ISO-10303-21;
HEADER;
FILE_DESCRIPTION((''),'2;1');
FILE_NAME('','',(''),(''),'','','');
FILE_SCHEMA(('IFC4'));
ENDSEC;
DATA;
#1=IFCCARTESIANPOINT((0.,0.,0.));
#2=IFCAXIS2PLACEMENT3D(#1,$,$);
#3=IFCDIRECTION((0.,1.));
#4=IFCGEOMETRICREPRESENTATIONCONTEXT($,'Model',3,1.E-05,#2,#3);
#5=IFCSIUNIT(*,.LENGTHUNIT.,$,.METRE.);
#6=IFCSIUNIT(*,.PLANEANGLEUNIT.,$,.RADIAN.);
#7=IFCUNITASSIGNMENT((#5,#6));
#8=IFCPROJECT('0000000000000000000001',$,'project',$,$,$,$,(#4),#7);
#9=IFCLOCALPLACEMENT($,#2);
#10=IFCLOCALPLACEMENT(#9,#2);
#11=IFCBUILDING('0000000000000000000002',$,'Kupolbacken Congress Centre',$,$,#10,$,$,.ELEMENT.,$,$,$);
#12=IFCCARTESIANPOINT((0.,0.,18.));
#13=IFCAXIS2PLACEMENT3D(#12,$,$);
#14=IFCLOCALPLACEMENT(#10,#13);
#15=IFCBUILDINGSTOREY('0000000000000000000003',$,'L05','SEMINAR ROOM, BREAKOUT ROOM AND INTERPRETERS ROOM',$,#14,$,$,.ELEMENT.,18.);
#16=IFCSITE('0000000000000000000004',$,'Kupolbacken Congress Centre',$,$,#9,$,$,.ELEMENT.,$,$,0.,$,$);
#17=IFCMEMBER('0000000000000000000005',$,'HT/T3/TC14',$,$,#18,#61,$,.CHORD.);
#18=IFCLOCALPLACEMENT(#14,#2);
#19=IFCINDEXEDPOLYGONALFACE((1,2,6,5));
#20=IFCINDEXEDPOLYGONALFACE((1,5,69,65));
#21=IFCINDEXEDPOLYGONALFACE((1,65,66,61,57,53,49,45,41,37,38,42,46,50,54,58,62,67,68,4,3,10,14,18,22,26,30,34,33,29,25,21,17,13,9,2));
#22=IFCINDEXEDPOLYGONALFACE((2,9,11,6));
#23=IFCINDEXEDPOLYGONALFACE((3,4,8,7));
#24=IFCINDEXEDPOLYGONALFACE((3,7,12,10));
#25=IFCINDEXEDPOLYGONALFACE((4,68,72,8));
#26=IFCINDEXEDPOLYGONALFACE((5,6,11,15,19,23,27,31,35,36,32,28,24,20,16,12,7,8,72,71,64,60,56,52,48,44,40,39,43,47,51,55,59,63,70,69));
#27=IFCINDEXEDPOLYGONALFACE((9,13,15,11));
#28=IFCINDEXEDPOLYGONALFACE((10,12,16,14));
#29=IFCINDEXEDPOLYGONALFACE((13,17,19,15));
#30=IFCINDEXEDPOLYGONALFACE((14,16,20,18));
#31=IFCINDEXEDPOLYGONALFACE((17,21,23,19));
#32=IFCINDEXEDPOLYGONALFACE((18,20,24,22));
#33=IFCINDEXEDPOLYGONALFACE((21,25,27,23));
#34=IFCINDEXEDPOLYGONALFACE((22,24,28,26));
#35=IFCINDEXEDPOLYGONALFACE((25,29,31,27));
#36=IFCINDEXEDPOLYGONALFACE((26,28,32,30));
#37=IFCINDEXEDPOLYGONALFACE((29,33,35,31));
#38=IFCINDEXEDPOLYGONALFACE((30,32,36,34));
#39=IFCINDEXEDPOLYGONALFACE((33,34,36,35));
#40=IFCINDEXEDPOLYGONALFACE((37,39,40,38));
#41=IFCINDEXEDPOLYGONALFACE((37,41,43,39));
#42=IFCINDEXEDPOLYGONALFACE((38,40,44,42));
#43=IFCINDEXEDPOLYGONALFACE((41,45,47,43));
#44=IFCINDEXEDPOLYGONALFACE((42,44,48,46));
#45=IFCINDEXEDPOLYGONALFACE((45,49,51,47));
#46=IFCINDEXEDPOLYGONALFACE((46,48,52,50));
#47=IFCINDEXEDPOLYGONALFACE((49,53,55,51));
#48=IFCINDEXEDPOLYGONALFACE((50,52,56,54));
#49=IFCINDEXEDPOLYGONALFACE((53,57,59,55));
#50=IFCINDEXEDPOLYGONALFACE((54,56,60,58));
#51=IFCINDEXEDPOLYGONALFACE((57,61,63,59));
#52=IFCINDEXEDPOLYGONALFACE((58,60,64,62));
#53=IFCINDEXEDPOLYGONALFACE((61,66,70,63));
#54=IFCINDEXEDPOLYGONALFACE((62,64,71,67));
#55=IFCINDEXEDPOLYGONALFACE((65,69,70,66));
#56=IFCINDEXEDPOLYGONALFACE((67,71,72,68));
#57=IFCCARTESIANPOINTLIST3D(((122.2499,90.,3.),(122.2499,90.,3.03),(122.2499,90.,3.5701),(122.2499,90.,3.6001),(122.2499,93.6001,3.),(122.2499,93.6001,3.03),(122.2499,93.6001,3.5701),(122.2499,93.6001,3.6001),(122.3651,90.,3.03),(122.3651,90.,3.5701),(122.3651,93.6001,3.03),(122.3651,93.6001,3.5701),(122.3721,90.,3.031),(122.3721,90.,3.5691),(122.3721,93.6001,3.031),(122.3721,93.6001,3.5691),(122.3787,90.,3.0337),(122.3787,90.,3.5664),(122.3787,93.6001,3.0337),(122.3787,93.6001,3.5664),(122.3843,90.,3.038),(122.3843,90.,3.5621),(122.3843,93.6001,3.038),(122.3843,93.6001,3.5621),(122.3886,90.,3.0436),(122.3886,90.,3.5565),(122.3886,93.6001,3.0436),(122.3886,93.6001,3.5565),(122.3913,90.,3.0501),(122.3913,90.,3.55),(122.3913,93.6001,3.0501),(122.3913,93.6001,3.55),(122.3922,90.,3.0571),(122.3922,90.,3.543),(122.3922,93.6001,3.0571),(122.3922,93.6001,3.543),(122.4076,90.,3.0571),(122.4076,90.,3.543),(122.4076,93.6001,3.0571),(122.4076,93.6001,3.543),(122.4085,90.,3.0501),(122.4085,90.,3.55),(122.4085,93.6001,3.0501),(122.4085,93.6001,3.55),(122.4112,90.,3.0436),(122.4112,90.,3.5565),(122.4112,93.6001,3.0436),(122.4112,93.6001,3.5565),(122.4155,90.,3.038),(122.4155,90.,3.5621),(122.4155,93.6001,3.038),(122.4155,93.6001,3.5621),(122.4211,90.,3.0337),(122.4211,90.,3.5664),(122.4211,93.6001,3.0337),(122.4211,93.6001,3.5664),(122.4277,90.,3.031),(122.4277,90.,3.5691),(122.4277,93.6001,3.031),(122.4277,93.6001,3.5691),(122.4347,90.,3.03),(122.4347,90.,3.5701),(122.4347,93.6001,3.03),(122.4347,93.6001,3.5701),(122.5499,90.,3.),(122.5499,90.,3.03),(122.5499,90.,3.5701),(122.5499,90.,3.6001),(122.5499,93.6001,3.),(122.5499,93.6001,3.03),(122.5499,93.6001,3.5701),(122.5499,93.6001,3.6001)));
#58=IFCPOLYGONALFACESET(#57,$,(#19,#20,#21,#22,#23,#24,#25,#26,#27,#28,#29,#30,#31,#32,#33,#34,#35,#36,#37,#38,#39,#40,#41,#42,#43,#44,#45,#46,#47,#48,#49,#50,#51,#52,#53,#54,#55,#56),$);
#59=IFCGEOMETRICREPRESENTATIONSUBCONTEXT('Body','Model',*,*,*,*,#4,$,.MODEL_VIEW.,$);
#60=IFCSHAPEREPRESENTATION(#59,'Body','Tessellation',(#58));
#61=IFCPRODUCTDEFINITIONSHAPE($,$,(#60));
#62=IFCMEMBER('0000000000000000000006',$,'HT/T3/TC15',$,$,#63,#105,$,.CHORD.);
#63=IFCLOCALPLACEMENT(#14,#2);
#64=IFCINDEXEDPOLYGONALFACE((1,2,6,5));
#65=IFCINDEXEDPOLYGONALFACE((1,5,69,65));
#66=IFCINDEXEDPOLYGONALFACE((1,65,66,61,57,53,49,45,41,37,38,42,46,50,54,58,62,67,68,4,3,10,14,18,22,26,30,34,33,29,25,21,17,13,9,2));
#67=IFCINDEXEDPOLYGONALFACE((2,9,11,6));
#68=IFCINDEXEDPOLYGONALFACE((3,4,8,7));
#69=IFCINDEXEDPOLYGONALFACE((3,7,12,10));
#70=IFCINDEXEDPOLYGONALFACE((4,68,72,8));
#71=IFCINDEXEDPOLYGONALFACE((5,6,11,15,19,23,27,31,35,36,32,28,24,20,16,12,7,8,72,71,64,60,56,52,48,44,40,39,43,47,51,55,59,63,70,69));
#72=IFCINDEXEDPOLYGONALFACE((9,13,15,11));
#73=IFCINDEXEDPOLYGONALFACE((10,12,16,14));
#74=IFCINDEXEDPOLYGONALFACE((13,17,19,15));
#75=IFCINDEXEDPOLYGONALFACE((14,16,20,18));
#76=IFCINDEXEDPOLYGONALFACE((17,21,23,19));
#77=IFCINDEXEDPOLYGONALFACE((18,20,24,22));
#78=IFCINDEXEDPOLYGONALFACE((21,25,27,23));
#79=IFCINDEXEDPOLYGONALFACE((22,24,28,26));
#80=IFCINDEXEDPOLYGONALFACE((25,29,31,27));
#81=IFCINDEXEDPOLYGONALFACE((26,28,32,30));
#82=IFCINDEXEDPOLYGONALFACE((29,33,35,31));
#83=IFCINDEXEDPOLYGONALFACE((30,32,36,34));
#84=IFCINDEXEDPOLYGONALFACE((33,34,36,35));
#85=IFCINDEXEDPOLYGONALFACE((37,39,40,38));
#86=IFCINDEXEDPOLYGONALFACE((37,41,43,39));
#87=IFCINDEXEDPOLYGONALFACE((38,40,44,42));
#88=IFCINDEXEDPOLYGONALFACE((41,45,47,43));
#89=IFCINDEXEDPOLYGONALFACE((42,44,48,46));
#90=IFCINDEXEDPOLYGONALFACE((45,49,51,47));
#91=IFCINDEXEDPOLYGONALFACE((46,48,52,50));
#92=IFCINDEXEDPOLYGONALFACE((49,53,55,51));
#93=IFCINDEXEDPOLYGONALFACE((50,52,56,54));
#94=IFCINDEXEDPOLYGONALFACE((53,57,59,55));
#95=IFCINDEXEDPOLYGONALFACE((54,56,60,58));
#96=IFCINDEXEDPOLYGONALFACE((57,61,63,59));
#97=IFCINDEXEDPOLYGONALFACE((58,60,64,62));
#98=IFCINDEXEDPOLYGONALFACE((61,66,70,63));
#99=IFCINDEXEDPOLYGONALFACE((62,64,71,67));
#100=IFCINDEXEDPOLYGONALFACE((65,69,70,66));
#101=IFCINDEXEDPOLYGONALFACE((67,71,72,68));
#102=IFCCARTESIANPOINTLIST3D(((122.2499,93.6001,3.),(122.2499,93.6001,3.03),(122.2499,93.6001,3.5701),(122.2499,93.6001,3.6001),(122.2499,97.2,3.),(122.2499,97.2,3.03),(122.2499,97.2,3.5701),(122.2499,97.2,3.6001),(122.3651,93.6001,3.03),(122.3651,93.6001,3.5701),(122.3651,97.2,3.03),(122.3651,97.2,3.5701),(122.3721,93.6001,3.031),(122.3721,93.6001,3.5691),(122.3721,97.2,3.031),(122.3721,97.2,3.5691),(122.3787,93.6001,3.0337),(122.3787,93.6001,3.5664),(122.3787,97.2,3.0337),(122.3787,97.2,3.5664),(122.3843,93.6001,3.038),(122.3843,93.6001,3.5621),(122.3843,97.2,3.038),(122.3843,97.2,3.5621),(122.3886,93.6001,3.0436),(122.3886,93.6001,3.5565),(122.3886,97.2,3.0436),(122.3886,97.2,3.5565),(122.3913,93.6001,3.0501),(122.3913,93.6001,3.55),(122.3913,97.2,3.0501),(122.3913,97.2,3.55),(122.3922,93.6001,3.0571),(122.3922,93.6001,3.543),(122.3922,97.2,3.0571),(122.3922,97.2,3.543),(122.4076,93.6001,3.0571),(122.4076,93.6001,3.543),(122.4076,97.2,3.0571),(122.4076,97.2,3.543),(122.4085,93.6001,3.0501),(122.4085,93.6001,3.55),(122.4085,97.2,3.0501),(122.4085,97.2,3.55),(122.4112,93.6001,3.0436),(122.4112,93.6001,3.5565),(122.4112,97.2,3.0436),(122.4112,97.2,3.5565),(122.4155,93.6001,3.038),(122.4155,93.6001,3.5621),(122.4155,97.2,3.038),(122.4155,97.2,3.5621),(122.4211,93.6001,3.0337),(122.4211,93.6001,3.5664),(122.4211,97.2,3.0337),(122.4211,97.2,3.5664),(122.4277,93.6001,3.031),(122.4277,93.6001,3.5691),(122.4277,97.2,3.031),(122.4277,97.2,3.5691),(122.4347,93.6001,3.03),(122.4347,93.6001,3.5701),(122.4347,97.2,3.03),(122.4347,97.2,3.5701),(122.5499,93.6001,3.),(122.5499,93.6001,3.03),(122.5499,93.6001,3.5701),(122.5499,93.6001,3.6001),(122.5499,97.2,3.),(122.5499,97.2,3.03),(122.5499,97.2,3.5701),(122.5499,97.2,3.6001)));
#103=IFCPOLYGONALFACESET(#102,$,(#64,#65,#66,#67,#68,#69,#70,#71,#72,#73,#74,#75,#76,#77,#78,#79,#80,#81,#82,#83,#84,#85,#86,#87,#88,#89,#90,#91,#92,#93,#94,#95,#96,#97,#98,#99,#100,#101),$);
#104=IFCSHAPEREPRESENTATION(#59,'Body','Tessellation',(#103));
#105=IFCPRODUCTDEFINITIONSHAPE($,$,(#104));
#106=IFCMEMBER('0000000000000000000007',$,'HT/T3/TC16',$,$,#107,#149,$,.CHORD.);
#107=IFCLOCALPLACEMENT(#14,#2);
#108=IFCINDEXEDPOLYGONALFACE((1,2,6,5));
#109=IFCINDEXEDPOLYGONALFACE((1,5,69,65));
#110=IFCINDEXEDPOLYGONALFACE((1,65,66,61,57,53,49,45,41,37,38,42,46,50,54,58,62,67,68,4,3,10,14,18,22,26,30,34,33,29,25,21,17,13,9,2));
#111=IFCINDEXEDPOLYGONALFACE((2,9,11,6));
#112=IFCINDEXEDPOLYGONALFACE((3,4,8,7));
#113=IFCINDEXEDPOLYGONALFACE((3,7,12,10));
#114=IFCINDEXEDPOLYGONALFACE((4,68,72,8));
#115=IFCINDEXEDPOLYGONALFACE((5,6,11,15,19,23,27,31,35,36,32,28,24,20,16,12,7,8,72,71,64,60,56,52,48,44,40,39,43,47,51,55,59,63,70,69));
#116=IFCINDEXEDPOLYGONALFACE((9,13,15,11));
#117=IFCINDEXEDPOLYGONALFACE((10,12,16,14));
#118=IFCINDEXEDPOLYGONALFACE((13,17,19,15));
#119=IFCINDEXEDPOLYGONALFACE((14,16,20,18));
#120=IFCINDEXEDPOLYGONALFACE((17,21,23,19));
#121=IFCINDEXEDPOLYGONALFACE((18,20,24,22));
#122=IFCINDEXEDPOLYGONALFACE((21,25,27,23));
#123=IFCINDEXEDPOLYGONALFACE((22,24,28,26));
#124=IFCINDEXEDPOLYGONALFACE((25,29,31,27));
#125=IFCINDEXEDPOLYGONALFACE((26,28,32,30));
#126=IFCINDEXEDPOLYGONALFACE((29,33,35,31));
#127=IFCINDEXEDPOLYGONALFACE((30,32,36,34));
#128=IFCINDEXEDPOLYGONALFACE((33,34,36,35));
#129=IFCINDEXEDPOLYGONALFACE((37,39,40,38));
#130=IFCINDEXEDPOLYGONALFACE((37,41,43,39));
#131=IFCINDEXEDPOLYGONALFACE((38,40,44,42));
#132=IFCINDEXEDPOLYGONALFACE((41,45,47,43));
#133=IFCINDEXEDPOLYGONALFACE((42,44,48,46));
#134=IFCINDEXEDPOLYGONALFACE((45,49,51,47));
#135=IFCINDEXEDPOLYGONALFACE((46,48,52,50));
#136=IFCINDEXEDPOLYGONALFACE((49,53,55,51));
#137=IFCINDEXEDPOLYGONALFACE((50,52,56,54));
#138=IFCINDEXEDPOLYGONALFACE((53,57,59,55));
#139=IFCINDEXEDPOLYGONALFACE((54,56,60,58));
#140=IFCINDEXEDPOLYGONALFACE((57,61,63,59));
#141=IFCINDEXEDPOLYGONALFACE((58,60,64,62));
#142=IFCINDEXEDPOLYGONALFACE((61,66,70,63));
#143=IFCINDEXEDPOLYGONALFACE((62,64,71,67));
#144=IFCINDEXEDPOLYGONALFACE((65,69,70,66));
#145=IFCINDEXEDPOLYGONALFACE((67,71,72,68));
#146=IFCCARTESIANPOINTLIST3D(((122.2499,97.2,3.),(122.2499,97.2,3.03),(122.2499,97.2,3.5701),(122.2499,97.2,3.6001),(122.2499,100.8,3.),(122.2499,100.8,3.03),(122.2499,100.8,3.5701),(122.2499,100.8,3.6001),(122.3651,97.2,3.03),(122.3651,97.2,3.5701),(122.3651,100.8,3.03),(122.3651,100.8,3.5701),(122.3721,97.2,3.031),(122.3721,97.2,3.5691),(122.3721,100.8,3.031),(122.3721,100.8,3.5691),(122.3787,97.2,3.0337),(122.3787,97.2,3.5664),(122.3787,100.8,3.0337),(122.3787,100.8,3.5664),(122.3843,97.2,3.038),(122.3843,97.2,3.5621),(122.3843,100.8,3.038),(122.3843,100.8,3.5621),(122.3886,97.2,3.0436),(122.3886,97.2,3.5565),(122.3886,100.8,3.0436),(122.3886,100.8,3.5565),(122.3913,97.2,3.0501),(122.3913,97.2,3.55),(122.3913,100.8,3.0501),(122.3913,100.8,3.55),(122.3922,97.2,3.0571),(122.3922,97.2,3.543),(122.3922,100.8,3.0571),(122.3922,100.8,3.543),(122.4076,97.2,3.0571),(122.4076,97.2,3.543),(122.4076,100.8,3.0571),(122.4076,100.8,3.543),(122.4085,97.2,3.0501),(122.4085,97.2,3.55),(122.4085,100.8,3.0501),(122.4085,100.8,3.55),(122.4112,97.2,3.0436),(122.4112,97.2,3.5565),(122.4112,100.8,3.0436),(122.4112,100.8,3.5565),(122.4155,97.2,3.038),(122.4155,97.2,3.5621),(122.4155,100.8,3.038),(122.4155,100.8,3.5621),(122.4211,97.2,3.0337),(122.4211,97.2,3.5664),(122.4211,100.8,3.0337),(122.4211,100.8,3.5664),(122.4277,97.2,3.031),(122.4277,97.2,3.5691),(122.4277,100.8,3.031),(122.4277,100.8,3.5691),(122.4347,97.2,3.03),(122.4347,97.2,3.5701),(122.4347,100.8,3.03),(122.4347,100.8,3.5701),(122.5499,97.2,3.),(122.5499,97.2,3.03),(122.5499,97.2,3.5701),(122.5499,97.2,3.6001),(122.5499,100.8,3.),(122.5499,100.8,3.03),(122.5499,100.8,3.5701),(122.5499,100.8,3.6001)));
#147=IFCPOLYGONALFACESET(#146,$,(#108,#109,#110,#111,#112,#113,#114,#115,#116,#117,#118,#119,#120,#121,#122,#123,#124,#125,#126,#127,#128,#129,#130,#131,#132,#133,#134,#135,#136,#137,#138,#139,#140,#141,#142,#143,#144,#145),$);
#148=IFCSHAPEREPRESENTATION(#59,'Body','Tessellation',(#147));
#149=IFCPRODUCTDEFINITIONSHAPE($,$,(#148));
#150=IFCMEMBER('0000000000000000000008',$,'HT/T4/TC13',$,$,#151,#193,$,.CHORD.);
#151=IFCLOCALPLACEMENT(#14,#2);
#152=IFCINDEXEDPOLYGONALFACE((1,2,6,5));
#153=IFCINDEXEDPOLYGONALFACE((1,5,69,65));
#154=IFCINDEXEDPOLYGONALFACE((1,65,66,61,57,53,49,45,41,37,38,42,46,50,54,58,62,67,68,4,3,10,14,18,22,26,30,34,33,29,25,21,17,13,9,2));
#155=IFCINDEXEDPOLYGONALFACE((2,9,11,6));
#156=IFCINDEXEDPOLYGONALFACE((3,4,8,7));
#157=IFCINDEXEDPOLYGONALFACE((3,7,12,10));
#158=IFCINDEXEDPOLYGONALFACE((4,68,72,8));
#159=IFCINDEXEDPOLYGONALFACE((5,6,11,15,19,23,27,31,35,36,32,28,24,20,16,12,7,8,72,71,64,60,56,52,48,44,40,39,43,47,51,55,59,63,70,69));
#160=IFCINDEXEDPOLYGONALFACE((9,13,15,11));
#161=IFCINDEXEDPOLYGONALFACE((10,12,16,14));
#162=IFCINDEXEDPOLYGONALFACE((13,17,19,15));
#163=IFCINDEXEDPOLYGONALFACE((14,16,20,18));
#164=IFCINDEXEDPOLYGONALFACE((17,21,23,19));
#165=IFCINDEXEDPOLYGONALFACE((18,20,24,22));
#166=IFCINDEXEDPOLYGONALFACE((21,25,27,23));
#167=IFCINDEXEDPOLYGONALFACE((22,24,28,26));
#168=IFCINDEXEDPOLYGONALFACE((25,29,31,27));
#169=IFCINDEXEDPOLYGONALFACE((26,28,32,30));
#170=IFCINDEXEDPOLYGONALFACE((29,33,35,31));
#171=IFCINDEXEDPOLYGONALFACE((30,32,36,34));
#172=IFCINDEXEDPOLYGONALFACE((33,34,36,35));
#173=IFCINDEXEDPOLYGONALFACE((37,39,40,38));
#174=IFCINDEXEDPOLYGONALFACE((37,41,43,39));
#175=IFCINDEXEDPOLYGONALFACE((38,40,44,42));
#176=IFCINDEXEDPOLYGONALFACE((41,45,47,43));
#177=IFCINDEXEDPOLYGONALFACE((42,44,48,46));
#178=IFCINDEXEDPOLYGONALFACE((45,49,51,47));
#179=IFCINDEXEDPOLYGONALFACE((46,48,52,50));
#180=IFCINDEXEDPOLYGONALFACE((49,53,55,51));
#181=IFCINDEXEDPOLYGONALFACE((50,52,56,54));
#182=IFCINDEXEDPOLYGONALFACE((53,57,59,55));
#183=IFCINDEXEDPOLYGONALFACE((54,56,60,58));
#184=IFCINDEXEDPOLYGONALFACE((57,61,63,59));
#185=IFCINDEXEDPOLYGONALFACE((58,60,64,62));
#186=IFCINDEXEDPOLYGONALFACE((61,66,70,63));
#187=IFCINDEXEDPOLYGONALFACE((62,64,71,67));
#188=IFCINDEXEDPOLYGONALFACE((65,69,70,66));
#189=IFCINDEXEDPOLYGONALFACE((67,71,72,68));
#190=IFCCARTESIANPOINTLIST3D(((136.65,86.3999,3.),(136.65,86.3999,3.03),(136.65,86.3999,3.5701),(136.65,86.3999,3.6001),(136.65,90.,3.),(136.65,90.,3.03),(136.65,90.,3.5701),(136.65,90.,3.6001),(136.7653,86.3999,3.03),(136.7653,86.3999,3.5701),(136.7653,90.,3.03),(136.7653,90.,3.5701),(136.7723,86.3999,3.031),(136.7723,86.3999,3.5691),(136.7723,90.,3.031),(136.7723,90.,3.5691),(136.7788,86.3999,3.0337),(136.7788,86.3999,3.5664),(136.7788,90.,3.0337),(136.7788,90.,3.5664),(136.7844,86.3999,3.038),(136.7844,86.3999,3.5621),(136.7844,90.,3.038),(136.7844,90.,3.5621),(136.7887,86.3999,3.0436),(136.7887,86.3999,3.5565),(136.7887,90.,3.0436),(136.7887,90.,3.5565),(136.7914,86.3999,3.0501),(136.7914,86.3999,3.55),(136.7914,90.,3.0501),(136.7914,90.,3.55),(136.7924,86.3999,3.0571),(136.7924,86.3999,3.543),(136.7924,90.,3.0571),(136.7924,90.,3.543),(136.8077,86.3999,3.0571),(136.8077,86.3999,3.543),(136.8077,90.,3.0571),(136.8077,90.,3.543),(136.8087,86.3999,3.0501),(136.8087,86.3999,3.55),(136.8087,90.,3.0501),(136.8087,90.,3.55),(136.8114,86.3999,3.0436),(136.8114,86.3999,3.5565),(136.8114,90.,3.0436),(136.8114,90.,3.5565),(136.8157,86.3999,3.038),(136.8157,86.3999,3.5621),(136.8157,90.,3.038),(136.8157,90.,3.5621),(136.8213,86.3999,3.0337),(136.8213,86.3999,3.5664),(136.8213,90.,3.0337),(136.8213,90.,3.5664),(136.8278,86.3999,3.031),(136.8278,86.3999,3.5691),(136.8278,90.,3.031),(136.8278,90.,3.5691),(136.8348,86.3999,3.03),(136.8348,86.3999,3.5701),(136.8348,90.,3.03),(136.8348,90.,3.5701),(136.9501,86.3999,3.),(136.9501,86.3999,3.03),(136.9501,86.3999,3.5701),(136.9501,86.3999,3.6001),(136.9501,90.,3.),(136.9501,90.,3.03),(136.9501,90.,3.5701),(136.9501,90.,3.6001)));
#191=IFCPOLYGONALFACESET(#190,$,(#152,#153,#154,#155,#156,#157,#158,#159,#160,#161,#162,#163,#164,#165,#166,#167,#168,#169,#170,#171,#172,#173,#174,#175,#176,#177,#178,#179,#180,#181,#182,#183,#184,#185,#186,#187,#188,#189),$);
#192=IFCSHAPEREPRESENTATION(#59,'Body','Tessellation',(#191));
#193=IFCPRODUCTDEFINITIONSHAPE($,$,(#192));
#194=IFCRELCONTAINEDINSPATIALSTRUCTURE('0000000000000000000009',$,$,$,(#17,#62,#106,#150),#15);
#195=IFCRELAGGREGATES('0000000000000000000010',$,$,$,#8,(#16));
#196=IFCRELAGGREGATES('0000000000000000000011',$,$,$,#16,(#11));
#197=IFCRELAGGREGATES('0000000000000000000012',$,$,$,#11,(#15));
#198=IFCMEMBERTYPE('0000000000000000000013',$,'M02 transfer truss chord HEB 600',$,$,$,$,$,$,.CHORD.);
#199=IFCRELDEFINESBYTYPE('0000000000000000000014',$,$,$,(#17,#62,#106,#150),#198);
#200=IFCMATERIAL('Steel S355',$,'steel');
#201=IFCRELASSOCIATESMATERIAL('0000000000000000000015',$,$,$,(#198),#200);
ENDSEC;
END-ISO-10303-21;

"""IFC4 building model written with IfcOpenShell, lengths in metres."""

from ifc_helpers import new_model, si_unit, direction, frame, origin, origin_2d, place, context, subcontext, project, spatial, i_section, extrude, material, material_profile, profile_set, type_object, element, save


model = new_model("IFC4")

# Units and contexts
model_context = context("Model", 3, precision=1e-05, world=origin(), true_north=direction((0.0, 1.0)))
body_context = subcontext(model_context, "Body", "Model", "MODEL_VIEW")
ifc_project = project(units=[si_unit("LENGTHUNIT", "METRE"), si_unit("PLANEANGLEUNIT", "RADIAN")], contexts=[model_context])

# Site, building, storey
site_placement = place(None, origin())
site = spatial("IfcSite", under=ifc_project, at=site_placement, Name="Kupolbacken Congress Centre", CompositionType="ELEMENT", RefElevation=0.0)
building_placement = place(site_placement, origin())
building = spatial("IfcBuilding", under=site, at=building_placement, Name="Kupolbacken Congress Centre", CompositionType="ELEMENT")
storey_placement = place(building_placement, frame((0.0, 0.0, 18.0)))
storey = spatial("IfcBuildingStorey", under=building, at=storey_placement, Name="L05", Description="SEMINAR ROOM, BREAKOUT ROOM AND INTERPRETERS ROOM", CompositionType="ELEMENT", Elevation=18.0)

# Members
ifc_material_1 = material(Name="Steel S355", Category="steel")
ifc_material_profile_1 = material_profile(ifc_material_1, i_section(OverallWidth=0.3, OverallDepth=0.6001, WebThickness=0.0154, FlangeThickness=0.03, FilletRadius=0.0271, at=origin_2d()), Name="HEB 600")
ifc_profile_set_1 = profile_set([ifc_material_profile_1], Name="Steel S355")
member_type_1 = type_object("IfcMemberType", Name="M02 transfer truss chord HEB 600", PredefinedType="CHORD", material=ifc_profile_set_1)
for number, where, z_axis, x_axis, name in (
    (1, (122.3999, 90.0, 3.3), (0.0, 1.0, 0.0), (-1.0, 0.0, 0.0), "HT/T3/TC14"),
):
    element("IfcMember", number, at=place(storey_placement, frame(where, z_axis=z_axis, x_axis=x_axis)), inside=storey, type_object=member_type_1, Name=name, PredefinedType="CHORD", context=body_context, shape_type="SweptSolid", body=[
        extrude(i_section(OverallWidth=0.3, OverallDepth=0.6001, WebThickness=0.0154, FlangeThickness=0.03, FilletRadius=0.0271, at=origin_2d()), origin(), (0.0, 0.0, 1.0), 3.6001),
    ])
member_1_placement = place(storey_placement, frame((122.3999, 93.6001, 3.3), z_axis=(0.0, 1.0, 0.0), x_axis=(-1.0, 0.0, 0.0)))
element("IfcMember", 2, at=member_1_placement, inside=storey, type_object=member_type_1, Name="HT/T3/TC15", PredefinedType="CHORD", context=body_context, shape_type="SweptSolid", body=[
    extrude(i_section(OverallWidth=0.3, OverallDepth=0.6001, WebThickness=0.0154, FlangeThickness=0.03, FilletRadius=0.0271, at=origin_2d()), origin(), (0.0, 0.0, 1.0), 3.5999),
])
for number, where, z_axis, x_axis, name in (
    (3, (122.3999, 97.2, 3.3), (0.0, 1.0, 0.0), (-1.0, 0.0, 0.0), "HT/T3/TC16"),
    (4, (136.8, 86.3999, 3.3), (0.0, 1.0, 0.0), (-1.0, 0.0, 0.0), "HT/T4/TC13"),
):
    element("IfcMember", number, at=place(storey_placement, frame(where, z_axis=z_axis, x_axis=x_axis)), inside=storey, type_object=member_type_1, Name=name, PredefinedType="CHORD", context=body_context, shape_type="SweptSolid", body=[
        extrude(i_section(OverallWidth=0.3, OverallDepth=0.6001, WebThickness=0.0154, FlangeThickness=0.03, FilletRadius=0.0271, at=origin_2d()), origin(), (0.0, 0.0, 1.0), 3.6001),
    ])

save(model, "model.ifc")
